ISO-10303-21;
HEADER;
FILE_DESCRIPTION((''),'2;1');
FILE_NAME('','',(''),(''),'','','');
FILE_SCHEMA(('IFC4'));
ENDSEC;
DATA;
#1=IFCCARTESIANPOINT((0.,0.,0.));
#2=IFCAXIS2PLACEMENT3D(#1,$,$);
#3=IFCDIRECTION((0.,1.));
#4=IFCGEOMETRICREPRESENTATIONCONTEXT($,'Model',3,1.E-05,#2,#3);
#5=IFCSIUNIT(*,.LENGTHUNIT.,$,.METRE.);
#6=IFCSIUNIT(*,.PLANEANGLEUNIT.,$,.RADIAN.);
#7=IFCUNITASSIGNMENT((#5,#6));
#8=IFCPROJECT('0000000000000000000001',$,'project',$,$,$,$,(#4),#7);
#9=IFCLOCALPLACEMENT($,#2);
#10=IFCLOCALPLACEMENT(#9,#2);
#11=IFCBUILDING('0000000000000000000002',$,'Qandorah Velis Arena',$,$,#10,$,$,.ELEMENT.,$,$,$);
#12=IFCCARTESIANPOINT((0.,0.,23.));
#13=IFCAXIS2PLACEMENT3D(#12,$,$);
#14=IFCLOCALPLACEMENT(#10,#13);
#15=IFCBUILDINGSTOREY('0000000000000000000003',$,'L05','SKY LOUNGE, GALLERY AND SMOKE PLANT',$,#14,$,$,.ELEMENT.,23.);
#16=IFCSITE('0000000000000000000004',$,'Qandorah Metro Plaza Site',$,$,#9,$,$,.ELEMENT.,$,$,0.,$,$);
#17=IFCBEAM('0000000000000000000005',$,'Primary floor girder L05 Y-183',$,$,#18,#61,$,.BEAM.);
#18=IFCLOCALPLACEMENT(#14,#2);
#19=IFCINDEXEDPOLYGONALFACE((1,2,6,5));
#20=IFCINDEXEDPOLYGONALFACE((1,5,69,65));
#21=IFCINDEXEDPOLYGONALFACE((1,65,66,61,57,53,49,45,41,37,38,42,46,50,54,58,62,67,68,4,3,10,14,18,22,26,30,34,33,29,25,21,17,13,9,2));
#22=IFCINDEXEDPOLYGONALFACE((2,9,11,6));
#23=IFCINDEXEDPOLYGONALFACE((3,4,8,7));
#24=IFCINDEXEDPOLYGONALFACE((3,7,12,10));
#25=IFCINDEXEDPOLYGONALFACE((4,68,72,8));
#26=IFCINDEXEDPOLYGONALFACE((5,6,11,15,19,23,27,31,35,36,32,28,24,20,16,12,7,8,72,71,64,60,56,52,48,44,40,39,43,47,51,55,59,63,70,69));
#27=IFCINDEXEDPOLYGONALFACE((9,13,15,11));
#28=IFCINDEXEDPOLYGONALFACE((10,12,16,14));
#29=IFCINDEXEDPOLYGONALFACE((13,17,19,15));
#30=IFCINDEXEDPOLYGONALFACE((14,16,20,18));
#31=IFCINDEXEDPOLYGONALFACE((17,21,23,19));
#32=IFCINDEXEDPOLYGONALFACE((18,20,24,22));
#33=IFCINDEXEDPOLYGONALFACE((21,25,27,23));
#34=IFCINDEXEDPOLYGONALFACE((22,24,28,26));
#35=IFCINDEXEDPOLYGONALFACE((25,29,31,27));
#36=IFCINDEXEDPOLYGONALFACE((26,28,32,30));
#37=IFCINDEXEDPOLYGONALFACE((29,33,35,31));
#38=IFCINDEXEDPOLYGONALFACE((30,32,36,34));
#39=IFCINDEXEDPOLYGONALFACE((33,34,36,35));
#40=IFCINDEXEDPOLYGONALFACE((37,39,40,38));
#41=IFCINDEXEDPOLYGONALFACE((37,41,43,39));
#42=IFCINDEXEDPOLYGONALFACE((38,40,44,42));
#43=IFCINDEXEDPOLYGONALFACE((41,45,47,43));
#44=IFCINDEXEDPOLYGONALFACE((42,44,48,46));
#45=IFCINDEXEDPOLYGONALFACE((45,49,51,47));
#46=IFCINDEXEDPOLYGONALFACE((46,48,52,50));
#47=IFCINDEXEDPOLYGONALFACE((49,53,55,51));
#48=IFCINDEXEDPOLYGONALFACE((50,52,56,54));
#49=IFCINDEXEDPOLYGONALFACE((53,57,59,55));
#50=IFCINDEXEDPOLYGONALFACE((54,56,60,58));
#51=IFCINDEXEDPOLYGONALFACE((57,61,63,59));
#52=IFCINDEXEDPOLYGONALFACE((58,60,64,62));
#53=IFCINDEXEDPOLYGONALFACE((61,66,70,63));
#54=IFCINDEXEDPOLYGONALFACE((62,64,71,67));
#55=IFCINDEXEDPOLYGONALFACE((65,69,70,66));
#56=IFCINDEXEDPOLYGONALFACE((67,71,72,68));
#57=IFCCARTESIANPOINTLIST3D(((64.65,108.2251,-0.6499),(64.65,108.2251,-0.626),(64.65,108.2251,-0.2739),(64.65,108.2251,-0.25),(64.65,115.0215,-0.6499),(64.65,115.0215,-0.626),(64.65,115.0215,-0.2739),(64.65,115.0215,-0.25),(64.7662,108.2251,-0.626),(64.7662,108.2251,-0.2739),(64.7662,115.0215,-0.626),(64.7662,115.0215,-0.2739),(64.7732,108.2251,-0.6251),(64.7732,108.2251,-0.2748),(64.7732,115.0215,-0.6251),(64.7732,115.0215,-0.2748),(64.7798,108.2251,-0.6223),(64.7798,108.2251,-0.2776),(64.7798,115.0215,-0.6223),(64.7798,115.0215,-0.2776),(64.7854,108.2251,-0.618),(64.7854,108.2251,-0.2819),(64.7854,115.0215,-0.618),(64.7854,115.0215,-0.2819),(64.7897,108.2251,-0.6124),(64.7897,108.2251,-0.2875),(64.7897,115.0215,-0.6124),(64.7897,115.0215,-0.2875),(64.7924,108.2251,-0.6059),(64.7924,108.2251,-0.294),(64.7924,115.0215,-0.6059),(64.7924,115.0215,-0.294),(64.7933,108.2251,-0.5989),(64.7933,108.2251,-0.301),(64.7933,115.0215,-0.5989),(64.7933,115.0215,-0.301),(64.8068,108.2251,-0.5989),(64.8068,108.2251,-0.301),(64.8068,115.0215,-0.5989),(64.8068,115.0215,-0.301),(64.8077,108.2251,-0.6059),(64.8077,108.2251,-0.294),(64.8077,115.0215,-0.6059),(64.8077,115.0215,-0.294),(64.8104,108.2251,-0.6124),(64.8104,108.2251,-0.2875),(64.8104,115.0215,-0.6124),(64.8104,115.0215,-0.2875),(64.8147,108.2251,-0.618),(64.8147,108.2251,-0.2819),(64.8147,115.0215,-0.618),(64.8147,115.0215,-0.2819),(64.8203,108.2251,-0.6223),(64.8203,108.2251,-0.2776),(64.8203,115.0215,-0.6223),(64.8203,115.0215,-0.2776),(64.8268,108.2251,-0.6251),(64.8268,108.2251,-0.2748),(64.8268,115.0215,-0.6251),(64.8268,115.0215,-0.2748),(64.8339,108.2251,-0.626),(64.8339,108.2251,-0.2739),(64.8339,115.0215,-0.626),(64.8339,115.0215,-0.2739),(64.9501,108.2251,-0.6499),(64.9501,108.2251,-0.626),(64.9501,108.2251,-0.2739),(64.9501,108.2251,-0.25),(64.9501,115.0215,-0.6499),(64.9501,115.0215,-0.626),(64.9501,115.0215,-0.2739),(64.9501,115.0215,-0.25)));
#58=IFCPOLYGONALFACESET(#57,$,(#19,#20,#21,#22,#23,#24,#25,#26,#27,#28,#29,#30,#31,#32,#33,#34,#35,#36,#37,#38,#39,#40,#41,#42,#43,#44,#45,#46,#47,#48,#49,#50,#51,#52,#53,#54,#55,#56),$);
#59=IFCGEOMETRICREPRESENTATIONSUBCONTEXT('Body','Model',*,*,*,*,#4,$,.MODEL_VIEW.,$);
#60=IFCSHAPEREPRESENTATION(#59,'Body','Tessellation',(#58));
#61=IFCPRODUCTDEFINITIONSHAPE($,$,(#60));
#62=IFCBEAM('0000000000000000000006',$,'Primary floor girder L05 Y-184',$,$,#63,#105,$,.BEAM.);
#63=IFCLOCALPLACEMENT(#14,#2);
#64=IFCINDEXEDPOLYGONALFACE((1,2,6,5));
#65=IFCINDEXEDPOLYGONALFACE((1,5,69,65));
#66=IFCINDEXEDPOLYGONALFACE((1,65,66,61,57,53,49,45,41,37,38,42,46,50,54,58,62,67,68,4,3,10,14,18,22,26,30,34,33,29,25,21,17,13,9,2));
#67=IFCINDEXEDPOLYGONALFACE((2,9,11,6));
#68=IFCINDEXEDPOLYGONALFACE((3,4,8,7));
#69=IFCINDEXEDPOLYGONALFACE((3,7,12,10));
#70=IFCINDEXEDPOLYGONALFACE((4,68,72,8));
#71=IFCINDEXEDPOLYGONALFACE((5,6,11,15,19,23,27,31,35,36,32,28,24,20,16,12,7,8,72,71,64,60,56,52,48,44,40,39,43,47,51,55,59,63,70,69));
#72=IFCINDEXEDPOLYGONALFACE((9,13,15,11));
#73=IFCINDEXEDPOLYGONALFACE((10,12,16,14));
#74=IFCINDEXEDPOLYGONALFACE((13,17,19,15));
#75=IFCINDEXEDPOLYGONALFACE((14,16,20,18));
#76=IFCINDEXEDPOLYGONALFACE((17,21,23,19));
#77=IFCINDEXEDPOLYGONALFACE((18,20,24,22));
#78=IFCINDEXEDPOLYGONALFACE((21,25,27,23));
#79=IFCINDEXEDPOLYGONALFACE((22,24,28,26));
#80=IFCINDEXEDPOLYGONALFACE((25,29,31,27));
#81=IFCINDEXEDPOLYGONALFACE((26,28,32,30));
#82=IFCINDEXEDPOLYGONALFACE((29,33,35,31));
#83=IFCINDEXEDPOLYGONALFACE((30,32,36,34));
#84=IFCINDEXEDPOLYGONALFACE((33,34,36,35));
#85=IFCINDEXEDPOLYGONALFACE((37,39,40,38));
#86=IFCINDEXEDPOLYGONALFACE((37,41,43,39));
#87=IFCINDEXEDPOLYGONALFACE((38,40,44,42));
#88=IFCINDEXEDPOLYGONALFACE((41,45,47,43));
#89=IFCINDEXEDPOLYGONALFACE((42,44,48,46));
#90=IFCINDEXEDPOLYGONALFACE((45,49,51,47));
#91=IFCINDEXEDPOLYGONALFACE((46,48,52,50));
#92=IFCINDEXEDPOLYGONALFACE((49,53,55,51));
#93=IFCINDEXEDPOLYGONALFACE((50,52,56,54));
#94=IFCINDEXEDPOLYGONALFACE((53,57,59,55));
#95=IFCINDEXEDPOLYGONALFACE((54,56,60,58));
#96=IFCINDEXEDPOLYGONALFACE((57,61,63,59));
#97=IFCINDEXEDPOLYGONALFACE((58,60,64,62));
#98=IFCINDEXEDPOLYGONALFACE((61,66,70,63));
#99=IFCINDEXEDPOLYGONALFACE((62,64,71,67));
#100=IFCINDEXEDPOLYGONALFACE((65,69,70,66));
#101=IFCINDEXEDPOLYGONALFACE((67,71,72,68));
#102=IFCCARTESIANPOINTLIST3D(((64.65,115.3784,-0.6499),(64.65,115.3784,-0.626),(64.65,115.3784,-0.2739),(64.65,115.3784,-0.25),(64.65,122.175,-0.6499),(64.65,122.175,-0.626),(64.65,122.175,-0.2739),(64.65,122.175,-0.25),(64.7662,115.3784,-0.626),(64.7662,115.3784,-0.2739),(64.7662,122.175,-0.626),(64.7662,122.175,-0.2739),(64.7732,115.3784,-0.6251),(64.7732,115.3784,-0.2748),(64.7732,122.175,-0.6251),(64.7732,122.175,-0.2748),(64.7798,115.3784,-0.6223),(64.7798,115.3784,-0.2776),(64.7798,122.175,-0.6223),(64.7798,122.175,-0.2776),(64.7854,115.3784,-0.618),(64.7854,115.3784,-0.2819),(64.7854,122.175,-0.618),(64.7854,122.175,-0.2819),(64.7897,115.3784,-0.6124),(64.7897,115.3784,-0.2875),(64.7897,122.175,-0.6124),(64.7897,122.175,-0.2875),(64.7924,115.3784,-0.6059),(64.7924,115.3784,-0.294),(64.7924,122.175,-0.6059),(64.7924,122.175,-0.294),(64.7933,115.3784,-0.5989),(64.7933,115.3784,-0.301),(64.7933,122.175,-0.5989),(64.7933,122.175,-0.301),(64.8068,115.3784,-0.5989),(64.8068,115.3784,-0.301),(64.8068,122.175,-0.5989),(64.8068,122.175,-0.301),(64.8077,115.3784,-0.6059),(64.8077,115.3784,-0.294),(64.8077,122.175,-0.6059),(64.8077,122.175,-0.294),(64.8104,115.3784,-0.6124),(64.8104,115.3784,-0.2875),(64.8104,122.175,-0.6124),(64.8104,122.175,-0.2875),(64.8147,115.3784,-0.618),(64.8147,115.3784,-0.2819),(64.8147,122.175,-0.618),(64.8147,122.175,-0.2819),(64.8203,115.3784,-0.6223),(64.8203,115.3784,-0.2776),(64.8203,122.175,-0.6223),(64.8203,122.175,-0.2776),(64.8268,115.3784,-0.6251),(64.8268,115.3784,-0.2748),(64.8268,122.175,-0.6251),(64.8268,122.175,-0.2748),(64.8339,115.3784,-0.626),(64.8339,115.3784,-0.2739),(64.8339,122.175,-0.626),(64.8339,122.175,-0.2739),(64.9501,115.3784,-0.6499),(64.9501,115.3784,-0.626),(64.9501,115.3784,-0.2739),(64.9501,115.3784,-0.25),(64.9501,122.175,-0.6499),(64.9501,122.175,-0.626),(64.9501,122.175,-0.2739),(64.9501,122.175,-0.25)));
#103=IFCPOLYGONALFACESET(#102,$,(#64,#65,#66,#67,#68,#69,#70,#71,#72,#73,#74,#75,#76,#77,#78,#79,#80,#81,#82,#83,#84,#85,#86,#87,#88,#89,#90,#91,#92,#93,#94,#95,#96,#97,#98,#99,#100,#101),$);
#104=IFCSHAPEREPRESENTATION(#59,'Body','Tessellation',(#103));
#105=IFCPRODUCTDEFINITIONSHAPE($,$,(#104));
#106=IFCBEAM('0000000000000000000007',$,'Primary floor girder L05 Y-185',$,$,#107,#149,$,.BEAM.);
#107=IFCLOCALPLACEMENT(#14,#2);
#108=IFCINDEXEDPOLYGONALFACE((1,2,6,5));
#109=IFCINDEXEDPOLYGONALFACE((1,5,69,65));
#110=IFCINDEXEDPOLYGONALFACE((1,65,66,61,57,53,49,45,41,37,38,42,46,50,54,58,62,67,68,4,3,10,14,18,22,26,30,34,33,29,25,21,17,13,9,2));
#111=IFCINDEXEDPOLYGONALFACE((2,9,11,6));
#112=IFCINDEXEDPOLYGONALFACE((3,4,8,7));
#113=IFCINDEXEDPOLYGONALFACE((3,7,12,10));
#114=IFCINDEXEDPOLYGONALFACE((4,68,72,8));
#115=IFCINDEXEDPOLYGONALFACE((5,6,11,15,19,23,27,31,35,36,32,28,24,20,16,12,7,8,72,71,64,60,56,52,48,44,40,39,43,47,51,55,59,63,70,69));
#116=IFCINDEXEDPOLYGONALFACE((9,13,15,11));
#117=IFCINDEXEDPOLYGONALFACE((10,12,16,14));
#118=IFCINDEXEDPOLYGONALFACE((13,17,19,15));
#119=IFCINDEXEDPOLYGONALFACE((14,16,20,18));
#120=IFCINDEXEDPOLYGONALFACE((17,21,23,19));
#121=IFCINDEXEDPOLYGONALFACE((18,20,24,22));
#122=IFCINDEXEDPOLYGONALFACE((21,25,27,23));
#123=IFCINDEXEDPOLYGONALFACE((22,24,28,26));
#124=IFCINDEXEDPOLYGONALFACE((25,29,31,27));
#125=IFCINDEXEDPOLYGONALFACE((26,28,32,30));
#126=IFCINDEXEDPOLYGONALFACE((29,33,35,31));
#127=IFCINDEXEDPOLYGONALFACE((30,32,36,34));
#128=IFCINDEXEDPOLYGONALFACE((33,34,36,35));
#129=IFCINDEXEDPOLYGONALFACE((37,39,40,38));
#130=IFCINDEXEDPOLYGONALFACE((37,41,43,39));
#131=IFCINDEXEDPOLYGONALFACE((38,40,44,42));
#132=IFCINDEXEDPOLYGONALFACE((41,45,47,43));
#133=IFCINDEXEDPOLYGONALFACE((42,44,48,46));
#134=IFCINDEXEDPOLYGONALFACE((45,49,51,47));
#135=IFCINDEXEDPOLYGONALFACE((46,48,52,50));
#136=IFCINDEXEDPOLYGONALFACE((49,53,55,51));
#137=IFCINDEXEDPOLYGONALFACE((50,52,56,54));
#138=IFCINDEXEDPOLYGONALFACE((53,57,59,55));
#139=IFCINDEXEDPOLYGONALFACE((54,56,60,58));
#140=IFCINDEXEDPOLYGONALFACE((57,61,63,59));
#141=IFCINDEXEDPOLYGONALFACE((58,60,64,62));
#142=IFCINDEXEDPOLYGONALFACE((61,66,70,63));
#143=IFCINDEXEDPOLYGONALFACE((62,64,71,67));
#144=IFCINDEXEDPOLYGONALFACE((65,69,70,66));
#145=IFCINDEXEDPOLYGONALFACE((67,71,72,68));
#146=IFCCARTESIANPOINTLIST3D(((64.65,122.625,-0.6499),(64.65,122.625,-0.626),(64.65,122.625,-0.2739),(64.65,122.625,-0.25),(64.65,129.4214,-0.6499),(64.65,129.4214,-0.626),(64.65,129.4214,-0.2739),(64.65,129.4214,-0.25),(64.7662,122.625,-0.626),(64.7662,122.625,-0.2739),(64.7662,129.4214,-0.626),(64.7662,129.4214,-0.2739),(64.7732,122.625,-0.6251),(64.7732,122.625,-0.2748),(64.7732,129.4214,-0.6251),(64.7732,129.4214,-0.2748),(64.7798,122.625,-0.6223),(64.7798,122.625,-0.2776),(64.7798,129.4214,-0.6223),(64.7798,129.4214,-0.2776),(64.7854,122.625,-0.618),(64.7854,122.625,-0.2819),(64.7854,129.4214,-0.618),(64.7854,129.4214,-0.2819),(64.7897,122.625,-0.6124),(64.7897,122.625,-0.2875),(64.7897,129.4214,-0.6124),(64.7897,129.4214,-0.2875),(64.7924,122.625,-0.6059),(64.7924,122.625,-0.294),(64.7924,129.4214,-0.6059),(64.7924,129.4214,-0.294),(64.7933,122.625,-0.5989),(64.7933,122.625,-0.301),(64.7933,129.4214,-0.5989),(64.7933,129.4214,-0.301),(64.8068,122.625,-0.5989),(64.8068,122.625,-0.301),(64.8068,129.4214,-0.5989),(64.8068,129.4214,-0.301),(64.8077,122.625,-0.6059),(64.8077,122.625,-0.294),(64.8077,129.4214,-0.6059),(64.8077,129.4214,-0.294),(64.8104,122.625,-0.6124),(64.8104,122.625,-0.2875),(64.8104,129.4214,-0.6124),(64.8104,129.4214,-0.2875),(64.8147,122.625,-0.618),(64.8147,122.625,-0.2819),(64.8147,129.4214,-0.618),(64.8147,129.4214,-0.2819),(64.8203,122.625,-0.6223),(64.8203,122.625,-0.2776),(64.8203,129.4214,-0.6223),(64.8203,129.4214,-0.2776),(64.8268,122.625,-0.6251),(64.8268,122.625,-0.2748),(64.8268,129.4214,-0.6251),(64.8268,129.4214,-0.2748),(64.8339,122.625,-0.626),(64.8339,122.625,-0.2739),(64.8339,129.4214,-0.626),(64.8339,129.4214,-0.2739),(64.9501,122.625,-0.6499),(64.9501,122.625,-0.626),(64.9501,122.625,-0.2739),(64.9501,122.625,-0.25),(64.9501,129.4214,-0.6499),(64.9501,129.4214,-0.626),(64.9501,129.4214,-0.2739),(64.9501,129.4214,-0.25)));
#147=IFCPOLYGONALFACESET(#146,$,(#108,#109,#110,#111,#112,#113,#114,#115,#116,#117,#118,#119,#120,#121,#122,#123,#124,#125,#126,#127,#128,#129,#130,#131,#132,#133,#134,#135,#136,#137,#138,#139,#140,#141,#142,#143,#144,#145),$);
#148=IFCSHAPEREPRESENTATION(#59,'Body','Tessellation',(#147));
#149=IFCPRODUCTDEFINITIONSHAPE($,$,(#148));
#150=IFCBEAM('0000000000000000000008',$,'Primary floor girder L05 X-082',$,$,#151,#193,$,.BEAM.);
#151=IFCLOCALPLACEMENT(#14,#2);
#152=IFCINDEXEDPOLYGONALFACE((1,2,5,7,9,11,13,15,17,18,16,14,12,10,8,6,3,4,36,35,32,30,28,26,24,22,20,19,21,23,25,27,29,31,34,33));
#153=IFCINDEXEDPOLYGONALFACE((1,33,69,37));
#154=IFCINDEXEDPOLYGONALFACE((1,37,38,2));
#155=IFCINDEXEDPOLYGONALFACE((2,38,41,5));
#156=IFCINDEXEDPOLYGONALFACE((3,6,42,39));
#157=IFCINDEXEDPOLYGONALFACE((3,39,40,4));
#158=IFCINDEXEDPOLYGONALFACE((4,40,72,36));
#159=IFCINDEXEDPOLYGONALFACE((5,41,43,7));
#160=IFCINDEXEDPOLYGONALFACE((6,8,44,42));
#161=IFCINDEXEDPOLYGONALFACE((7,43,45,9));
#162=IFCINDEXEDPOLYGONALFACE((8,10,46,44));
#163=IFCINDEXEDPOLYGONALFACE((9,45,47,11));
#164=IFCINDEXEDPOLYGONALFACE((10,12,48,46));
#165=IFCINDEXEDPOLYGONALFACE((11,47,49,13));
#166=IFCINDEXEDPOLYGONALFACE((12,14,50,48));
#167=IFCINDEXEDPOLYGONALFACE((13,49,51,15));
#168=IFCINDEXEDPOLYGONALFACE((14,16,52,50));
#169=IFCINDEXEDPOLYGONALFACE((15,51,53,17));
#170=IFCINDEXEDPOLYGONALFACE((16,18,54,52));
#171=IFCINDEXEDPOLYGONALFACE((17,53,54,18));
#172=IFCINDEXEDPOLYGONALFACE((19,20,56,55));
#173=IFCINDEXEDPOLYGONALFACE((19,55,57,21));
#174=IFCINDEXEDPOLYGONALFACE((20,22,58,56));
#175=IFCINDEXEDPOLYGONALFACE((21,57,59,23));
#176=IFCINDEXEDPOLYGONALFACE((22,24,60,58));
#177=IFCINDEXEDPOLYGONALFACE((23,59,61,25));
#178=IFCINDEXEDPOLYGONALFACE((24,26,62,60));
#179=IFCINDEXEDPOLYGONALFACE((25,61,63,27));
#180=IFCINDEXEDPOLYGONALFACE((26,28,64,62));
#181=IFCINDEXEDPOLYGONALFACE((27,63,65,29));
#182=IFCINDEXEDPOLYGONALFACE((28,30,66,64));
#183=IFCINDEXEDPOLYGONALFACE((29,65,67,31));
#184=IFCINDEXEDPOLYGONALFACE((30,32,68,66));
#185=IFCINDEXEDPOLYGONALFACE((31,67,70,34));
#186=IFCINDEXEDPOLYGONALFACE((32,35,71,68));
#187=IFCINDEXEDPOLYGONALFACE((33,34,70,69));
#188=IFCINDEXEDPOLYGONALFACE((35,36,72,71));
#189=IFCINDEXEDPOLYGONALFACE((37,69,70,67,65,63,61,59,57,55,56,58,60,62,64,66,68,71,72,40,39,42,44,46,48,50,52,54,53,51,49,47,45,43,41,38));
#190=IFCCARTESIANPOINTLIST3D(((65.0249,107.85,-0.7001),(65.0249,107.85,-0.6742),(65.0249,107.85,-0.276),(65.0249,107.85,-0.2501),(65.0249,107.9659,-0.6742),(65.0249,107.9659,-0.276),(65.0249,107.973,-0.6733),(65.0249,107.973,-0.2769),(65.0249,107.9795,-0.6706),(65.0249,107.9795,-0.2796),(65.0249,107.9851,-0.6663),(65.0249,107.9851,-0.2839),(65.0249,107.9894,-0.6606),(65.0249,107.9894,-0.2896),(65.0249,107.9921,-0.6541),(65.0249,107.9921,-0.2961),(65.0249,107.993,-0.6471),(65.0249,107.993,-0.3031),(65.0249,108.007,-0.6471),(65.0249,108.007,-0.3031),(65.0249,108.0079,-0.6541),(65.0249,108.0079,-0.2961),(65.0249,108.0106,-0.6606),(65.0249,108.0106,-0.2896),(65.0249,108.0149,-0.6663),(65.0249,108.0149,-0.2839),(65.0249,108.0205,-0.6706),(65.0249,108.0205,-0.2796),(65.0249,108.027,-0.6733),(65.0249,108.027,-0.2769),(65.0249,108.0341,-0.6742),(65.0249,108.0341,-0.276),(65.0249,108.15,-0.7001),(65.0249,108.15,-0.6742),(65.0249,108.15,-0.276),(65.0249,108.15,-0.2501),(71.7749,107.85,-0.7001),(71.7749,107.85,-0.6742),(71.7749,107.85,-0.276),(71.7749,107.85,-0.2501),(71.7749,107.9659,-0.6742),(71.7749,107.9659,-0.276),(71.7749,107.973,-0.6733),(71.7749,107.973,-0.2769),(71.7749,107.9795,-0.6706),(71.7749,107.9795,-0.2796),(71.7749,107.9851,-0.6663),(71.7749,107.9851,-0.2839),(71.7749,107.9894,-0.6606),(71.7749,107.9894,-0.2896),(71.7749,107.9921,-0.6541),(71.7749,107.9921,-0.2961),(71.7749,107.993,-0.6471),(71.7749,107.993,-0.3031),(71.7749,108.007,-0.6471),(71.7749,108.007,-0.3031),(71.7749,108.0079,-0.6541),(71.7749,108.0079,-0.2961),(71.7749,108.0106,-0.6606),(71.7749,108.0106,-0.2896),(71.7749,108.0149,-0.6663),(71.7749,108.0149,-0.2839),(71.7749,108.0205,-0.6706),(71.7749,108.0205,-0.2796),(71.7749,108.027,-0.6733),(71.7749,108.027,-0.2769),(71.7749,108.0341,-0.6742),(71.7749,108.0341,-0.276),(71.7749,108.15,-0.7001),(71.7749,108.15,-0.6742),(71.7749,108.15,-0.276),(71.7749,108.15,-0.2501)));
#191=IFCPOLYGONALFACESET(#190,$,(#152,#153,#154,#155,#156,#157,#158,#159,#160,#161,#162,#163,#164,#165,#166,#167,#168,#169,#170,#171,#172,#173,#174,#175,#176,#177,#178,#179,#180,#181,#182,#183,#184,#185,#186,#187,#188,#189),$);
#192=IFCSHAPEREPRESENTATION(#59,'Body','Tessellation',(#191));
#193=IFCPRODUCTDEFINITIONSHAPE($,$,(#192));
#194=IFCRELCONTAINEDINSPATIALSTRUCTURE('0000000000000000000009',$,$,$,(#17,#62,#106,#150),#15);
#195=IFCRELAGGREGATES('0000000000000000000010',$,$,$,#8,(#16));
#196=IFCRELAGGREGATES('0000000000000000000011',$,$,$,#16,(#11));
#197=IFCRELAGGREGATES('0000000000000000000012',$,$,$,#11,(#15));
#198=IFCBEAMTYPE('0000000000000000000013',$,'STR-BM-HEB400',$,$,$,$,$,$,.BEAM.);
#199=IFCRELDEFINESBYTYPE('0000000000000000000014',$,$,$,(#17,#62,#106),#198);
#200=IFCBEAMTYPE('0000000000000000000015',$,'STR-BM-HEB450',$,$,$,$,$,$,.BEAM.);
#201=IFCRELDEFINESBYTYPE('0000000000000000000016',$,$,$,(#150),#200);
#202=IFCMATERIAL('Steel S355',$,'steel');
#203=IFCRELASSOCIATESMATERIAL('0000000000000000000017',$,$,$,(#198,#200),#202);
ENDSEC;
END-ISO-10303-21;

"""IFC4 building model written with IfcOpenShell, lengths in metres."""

from ifc_helpers import new_model, si_unit, direction, frame, origin, origin_2d, place, context, subcontext, project, spatial, i_section, extrude, material, material_profile, profile_set, type_object, element, save


model = new_model("IFC4")

# Units and contexts
model_context = context("Model", 3, precision=1e-05, world=origin(), true_north=direction((0.0, 1.0)))
body_context = subcontext(model_context, "Body", "Model", "MODEL_VIEW")
ifc_project = project(units=[si_unit("LENGTHUNIT", "METRE"), si_unit("PLANEANGLEUNIT", "RADIAN")], contexts=[model_context])

# Site, building, storey
site_placement = place(None, origin())
site = spatial("IfcSite", under=ifc_project, at=site_placement, Name="Qandorah Metro Plaza Site", CompositionType="ELEMENT", RefElevation=0.0)
building_placement = place(site_placement, origin())
building = spatial("IfcBuilding", under=site, at=building_placement, Name="Qandorah Velis Arena", CompositionType="ELEMENT")
storey_placement = place(building_placement, frame((0.0, 0.0, 23.0)))
storey = spatial("IfcBuildingStorey", under=building, at=storey_placement, Name="L05", Description="SKY LOUNGE, GALLERY AND SMOKE PLANT", CompositionType="ELEMENT", Elevation=23.0)

# Beams
ifc_material_1 = material(Name="Steel S355", Category="steel")
ifc_material_profile_1 = material_profile(ifc_material_1, i_section(OverallWidth=0.3, OverallDepth=0.3999, WebThickness=0.0134, FlangeThickness=0.0239, FilletRadius=0.0271, at=origin_2d()), Name="HEB 400")
ifc_profile_set_1 = profile_set([ifc_material_profile_1], Name="Steel S355")
beam_type_1 = type_object("IfcBeamType", Name="STR-BM-HEB400", PredefinedType="BEAM", material=ifc_profile_set_1)
beam_1_placement = place(storey_placement, frame((64.8, 108.2251, -0.45), z_axis=(0.0, 1.0, 0.0), x_axis=(-1.0, 0.0, 0.0)))
element("IfcBeam", 1, at=beam_1_placement, inside=storey, type_object=beam_type_1, Name="Primary floor girder L05 Y-183", PredefinedType="BEAM", context=body_context, shape_type="SweptSolid", body=[
    extrude(i_section(OverallWidth=0.3, OverallDepth=0.3999, WebThickness=0.0134, FlangeThickness=0.0239, FilletRadius=0.0271, at=origin_2d()), origin(), (0.0, 0.0, 1.0), 6.7964),
])
beam_2_placement = place(storey_placement, frame((64.8, 115.3784, -0.45), z_axis=(0.0, 1.0, 0.0), x_axis=(-1.0, 0.0, 0.0)))
element("IfcBeam", 2, at=beam_2_placement, inside=storey, type_object=beam_type_1, Name="Primary floor girder L05 Y-184", PredefinedType="BEAM", context=body_context, shape_type="SweptSolid", body=[
    extrude(i_section(OverallWidth=0.3, OverallDepth=0.3999, WebThickness=0.0134, FlangeThickness=0.0239, FilletRadius=0.0271, at=origin_2d()), origin(), (0.0, 0.0, 1.0), 6.7966),
])
beam_3_placement = place(storey_placement, frame((64.8, 122.625, -0.45), z_axis=(0.0, 1.0, 0.0), x_axis=(-1.0, 0.0, 0.0)))
element("IfcBeam", 3, at=beam_3_placement, inside=storey, type_object=beam_type_1, Name="Primary floor girder L05 Y-185", PredefinedType="BEAM", context=body_context, shape_type="SweptSolid", body=[
    extrude(i_section(OverallWidth=0.3, OverallDepth=0.3999, WebThickness=0.0134, FlangeThickness=0.0239, FilletRadius=0.0271, at=origin_2d()), origin(), (0.0, 0.0, 1.0), 6.7964),
])
ifc_material_profile_2 = material_profile(ifc_material_1, i_section(OverallWidth=0.3, OverallDepth=0.45, WebThickness=0.0139, FlangeThickness=0.0259, FilletRadius=0.0271, at=origin_2d()), Name="HEB 450")
ifc_profile_set_2 = profile_set([ifc_material_profile_2], Name="Steel S355")
beam_type_2 = type_object("IfcBeamType", Name="STR-BM-HEB450", PredefinedType="BEAM", material=ifc_profile_set_2)
beam_4_placement = place(storey_placement, frame((65.0249, 108.0, -0.4751), z_axis=(1.0, 0.0, 0.0), x_axis=(0.0, 1.0, 0.0)))
element("IfcBeam", 4, at=beam_4_placement, inside=storey, type_object=beam_type_2, Name="Primary floor girder L05 X-082", PredefinedType="BEAM", context=body_context, shape_type="SweptSolid", body=[
    extrude(i_section(OverallWidth=0.3, OverallDepth=0.45, WebThickness=0.0139, FlangeThickness=0.0259, FilletRadius=0.0271, at=origin_2d()), origin(), (0.0, 0.0, 1.0), 6.75),
])

save(model, "model.ifc")
